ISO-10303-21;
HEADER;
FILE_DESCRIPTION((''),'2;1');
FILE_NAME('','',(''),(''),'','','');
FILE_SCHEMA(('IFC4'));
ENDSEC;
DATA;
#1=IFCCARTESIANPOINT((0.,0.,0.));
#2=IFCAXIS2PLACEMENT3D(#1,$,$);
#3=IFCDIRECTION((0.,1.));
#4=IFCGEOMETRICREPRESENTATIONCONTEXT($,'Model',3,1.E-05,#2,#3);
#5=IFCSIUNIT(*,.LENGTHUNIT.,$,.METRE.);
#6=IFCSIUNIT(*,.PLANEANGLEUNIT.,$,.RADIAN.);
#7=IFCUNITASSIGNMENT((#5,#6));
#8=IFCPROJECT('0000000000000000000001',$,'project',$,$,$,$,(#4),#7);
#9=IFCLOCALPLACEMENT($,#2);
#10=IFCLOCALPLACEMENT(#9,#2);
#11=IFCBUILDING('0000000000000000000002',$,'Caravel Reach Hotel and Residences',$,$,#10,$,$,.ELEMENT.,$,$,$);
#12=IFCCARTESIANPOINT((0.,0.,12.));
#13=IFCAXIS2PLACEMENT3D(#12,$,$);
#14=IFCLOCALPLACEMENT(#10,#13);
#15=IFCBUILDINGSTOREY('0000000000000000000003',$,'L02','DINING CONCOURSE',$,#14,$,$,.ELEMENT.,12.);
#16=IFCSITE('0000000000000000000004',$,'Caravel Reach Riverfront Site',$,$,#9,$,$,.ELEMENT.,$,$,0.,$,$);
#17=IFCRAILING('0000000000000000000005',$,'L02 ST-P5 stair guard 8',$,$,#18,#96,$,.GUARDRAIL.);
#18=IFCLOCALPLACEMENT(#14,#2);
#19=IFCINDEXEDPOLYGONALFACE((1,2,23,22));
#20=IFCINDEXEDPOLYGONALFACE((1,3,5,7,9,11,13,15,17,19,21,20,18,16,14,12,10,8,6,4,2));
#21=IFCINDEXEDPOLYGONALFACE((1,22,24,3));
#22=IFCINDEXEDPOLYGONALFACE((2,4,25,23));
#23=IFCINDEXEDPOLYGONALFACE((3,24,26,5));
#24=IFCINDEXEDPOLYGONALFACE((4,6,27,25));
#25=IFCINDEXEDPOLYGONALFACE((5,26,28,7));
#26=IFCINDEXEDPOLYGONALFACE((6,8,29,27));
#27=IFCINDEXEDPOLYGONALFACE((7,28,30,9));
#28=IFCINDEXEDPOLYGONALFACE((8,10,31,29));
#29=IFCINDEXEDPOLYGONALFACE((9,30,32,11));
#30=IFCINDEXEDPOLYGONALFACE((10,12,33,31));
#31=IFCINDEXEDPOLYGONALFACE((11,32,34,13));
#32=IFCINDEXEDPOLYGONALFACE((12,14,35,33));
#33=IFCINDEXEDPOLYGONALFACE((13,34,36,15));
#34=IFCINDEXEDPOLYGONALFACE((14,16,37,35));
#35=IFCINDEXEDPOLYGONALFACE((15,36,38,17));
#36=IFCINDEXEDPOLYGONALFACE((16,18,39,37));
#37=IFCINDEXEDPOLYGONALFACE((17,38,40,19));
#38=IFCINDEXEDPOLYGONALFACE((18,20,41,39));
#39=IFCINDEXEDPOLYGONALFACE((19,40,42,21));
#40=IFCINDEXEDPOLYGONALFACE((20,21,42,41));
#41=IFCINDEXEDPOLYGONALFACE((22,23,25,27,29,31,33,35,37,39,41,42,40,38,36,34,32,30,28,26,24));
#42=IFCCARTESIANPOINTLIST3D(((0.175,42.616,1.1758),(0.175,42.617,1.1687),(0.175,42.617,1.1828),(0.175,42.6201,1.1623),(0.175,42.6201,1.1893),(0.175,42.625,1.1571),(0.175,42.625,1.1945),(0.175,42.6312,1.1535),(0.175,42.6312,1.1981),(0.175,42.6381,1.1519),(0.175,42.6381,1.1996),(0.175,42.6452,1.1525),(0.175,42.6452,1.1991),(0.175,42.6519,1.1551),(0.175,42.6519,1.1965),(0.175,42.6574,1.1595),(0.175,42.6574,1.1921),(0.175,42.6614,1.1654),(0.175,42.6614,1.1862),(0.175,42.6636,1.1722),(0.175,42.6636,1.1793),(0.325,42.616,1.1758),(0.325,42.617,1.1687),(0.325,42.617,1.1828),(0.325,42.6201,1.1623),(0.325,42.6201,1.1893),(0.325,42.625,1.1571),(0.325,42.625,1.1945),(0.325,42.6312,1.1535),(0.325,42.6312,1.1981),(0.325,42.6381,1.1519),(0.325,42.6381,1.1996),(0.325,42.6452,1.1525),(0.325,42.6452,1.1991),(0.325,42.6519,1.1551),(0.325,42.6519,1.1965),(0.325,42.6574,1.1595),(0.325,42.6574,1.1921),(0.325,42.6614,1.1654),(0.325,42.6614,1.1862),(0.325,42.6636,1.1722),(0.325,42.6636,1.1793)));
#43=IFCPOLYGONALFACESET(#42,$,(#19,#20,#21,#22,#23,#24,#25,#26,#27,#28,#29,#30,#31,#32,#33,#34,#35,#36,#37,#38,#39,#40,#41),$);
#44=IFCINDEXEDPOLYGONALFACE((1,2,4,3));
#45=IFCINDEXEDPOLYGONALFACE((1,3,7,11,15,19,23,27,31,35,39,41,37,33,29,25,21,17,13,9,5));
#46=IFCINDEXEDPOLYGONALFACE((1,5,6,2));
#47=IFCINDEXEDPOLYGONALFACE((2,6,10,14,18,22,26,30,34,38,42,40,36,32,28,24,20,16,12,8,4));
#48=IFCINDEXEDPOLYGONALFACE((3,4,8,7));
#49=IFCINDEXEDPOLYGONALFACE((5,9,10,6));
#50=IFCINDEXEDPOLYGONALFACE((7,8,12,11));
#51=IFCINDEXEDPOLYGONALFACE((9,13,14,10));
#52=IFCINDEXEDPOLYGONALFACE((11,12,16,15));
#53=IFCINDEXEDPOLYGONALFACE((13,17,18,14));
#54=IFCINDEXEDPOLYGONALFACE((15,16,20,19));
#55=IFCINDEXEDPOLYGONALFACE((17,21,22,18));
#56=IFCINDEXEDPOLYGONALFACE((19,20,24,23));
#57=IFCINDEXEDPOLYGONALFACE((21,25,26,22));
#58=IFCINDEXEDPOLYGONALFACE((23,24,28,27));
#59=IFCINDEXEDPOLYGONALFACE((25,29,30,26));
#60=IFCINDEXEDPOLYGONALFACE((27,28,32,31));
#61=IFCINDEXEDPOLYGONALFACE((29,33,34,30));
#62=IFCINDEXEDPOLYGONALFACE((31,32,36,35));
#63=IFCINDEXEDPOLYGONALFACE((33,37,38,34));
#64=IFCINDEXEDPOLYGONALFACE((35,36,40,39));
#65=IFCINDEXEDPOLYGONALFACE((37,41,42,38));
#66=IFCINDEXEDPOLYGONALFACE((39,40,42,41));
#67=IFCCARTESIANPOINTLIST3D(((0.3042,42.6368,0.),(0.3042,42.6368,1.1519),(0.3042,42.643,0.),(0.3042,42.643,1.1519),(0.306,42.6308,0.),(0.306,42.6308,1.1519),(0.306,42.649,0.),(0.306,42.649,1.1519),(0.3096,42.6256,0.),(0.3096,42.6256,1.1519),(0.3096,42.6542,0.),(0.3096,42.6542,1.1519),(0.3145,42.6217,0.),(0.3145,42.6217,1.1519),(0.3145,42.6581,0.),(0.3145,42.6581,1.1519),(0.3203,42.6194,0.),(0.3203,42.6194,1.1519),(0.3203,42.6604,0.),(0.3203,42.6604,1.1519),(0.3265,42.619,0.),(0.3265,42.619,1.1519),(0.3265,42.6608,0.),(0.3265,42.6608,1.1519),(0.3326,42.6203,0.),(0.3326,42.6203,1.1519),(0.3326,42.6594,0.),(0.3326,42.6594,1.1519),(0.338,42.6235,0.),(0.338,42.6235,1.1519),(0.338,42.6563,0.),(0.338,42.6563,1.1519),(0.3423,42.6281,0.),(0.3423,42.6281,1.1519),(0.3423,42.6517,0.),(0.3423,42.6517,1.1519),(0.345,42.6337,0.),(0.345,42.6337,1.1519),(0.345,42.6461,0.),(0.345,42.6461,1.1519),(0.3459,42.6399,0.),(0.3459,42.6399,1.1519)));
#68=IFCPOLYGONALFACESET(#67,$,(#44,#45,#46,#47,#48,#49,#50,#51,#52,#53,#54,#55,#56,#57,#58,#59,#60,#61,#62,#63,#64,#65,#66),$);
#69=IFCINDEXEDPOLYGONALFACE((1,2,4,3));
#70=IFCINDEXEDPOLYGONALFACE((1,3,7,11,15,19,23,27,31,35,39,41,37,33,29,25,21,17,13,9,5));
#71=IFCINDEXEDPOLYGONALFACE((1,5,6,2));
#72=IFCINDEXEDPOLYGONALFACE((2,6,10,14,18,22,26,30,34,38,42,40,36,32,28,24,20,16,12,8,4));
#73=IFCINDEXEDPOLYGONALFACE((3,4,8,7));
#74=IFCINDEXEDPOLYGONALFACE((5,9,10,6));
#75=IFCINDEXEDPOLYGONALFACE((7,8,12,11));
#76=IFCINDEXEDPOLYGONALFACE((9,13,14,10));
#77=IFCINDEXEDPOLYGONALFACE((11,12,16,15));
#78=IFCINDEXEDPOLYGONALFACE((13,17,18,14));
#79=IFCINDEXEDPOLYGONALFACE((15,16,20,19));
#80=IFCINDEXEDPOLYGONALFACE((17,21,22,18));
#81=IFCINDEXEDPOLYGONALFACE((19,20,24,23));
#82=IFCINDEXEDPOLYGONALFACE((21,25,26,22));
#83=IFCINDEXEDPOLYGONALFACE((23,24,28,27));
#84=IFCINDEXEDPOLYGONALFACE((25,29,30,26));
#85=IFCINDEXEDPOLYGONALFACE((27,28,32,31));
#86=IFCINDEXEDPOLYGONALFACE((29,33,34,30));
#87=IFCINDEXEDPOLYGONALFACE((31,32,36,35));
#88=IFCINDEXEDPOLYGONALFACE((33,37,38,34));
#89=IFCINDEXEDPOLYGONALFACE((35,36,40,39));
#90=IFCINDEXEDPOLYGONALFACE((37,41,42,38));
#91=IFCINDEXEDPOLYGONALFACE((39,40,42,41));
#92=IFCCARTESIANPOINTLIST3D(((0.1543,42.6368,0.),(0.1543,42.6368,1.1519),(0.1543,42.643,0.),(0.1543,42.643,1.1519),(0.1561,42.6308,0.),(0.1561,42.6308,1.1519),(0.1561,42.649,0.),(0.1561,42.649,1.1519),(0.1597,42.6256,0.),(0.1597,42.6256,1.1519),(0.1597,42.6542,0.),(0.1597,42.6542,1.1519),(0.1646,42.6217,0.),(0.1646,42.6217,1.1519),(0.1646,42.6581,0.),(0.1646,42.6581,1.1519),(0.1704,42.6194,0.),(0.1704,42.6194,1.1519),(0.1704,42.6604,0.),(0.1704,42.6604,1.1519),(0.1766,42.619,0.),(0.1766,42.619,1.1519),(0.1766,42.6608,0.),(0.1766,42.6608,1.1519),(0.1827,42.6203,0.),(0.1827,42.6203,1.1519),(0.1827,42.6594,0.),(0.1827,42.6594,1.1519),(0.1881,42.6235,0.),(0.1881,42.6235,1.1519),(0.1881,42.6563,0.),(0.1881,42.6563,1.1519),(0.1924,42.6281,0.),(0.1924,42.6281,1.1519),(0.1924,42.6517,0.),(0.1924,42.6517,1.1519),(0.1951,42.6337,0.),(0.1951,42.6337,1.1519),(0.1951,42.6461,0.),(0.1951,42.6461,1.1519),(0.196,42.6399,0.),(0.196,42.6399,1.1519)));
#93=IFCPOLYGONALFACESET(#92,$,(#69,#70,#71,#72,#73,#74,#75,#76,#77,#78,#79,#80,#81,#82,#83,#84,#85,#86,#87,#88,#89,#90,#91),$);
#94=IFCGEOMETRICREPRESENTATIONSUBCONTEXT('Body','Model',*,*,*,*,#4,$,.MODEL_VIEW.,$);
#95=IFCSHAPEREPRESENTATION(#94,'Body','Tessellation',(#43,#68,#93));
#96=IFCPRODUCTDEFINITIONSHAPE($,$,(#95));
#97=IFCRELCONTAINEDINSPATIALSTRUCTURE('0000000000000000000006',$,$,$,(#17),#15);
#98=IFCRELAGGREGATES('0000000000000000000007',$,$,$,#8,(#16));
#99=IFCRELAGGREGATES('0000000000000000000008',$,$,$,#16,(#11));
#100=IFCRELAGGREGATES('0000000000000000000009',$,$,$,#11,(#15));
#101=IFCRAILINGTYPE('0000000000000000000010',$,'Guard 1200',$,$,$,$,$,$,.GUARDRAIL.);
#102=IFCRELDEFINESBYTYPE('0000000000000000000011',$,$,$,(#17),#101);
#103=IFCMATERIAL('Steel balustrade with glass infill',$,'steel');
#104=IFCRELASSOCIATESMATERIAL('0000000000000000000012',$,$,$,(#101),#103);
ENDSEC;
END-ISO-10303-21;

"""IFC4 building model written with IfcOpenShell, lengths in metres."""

from ifc_helpers import new_model, si_unit, direction, frame, origin, origin_2d, place, context, subcontext, project, spatial, circle, extrude, material, type_object, element, save


model = new_model("IFC4")

# Units and contexts
model_context = context("Model", 3, precision=1e-05, world=origin(), true_north=direction((0.0, 1.0)))
body_context = subcontext(model_context, "Body", "Model", "MODEL_VIEW")
ifc_project = project(units=[si_unit("LENGTHUNIT", "METRE"), si_unit("PLANEANGLEUNIT", "RADIAN")], contexts=[model_context])

# Site, building, storey
site_placement = place(None, origin())
site = spatial("IfcSite", under=ifc_project, at=site_placement, Name="Caravel Reach Riverfront Site", CompositionType="ELEMENT", RefElevation=0.0)
building_placement = place(site_placement, origin())
building = spatial("IfcBuilding", under=site, at=building_placement, Name="Caravel Reach Hotel and Residences", CompositionType="ELEMENT")
storey_placement = place(building_placement, frame((0.0, 0.0, 12.0)))
storey = spatial("IfcBuildingStorey", under=building, at=storey_placement, Name="L02", Description="DINING CONCOURSE", CompositionType="ELEMENT", Elevation=12.0)

# Railing
ifc_material_1 = material(Name="Steel balustrade with glass infill", Category="steel")
railing_type_1 = type_object("IfcRailingType", Name="Guard 1200", PredefinedType="GUARDRAIL", material=ifc_material_1)
railing_1_placement = place(storey_placement, frame((0.325, 42.6399, 0.0)))
element("IfcRailing", 1, at=railing_1_placement, inside=storey, type_object=railing_type_1, Name="L02 ST-P5 stair guard 8", PredefinedType="GUARDRAIL", context=body_context, shape_type="SweptSolid", body=[
    extrude(circle(Radius=0.0239, at=origin_2d()), frame((0.0, 0.0, 1.1758), z_axis=(-1.0, 0.0, 0.0), x_axis=(0.0, -1.0, 0.0)), (0.0, 0.0, 1.0), 0.1499),
    extrude(circle(Radius=0.021, at=origin_2d()), origin(), (0.0, 0.0, 1.0), 1.1519),
    extrude(circle(Radius=0.021, at=origin_2d()), frame((-0.1499, 0.0, 0.0)), (0.0, 0.0, 1.0), 1.1519),
])

save(model, "model.ifc")
